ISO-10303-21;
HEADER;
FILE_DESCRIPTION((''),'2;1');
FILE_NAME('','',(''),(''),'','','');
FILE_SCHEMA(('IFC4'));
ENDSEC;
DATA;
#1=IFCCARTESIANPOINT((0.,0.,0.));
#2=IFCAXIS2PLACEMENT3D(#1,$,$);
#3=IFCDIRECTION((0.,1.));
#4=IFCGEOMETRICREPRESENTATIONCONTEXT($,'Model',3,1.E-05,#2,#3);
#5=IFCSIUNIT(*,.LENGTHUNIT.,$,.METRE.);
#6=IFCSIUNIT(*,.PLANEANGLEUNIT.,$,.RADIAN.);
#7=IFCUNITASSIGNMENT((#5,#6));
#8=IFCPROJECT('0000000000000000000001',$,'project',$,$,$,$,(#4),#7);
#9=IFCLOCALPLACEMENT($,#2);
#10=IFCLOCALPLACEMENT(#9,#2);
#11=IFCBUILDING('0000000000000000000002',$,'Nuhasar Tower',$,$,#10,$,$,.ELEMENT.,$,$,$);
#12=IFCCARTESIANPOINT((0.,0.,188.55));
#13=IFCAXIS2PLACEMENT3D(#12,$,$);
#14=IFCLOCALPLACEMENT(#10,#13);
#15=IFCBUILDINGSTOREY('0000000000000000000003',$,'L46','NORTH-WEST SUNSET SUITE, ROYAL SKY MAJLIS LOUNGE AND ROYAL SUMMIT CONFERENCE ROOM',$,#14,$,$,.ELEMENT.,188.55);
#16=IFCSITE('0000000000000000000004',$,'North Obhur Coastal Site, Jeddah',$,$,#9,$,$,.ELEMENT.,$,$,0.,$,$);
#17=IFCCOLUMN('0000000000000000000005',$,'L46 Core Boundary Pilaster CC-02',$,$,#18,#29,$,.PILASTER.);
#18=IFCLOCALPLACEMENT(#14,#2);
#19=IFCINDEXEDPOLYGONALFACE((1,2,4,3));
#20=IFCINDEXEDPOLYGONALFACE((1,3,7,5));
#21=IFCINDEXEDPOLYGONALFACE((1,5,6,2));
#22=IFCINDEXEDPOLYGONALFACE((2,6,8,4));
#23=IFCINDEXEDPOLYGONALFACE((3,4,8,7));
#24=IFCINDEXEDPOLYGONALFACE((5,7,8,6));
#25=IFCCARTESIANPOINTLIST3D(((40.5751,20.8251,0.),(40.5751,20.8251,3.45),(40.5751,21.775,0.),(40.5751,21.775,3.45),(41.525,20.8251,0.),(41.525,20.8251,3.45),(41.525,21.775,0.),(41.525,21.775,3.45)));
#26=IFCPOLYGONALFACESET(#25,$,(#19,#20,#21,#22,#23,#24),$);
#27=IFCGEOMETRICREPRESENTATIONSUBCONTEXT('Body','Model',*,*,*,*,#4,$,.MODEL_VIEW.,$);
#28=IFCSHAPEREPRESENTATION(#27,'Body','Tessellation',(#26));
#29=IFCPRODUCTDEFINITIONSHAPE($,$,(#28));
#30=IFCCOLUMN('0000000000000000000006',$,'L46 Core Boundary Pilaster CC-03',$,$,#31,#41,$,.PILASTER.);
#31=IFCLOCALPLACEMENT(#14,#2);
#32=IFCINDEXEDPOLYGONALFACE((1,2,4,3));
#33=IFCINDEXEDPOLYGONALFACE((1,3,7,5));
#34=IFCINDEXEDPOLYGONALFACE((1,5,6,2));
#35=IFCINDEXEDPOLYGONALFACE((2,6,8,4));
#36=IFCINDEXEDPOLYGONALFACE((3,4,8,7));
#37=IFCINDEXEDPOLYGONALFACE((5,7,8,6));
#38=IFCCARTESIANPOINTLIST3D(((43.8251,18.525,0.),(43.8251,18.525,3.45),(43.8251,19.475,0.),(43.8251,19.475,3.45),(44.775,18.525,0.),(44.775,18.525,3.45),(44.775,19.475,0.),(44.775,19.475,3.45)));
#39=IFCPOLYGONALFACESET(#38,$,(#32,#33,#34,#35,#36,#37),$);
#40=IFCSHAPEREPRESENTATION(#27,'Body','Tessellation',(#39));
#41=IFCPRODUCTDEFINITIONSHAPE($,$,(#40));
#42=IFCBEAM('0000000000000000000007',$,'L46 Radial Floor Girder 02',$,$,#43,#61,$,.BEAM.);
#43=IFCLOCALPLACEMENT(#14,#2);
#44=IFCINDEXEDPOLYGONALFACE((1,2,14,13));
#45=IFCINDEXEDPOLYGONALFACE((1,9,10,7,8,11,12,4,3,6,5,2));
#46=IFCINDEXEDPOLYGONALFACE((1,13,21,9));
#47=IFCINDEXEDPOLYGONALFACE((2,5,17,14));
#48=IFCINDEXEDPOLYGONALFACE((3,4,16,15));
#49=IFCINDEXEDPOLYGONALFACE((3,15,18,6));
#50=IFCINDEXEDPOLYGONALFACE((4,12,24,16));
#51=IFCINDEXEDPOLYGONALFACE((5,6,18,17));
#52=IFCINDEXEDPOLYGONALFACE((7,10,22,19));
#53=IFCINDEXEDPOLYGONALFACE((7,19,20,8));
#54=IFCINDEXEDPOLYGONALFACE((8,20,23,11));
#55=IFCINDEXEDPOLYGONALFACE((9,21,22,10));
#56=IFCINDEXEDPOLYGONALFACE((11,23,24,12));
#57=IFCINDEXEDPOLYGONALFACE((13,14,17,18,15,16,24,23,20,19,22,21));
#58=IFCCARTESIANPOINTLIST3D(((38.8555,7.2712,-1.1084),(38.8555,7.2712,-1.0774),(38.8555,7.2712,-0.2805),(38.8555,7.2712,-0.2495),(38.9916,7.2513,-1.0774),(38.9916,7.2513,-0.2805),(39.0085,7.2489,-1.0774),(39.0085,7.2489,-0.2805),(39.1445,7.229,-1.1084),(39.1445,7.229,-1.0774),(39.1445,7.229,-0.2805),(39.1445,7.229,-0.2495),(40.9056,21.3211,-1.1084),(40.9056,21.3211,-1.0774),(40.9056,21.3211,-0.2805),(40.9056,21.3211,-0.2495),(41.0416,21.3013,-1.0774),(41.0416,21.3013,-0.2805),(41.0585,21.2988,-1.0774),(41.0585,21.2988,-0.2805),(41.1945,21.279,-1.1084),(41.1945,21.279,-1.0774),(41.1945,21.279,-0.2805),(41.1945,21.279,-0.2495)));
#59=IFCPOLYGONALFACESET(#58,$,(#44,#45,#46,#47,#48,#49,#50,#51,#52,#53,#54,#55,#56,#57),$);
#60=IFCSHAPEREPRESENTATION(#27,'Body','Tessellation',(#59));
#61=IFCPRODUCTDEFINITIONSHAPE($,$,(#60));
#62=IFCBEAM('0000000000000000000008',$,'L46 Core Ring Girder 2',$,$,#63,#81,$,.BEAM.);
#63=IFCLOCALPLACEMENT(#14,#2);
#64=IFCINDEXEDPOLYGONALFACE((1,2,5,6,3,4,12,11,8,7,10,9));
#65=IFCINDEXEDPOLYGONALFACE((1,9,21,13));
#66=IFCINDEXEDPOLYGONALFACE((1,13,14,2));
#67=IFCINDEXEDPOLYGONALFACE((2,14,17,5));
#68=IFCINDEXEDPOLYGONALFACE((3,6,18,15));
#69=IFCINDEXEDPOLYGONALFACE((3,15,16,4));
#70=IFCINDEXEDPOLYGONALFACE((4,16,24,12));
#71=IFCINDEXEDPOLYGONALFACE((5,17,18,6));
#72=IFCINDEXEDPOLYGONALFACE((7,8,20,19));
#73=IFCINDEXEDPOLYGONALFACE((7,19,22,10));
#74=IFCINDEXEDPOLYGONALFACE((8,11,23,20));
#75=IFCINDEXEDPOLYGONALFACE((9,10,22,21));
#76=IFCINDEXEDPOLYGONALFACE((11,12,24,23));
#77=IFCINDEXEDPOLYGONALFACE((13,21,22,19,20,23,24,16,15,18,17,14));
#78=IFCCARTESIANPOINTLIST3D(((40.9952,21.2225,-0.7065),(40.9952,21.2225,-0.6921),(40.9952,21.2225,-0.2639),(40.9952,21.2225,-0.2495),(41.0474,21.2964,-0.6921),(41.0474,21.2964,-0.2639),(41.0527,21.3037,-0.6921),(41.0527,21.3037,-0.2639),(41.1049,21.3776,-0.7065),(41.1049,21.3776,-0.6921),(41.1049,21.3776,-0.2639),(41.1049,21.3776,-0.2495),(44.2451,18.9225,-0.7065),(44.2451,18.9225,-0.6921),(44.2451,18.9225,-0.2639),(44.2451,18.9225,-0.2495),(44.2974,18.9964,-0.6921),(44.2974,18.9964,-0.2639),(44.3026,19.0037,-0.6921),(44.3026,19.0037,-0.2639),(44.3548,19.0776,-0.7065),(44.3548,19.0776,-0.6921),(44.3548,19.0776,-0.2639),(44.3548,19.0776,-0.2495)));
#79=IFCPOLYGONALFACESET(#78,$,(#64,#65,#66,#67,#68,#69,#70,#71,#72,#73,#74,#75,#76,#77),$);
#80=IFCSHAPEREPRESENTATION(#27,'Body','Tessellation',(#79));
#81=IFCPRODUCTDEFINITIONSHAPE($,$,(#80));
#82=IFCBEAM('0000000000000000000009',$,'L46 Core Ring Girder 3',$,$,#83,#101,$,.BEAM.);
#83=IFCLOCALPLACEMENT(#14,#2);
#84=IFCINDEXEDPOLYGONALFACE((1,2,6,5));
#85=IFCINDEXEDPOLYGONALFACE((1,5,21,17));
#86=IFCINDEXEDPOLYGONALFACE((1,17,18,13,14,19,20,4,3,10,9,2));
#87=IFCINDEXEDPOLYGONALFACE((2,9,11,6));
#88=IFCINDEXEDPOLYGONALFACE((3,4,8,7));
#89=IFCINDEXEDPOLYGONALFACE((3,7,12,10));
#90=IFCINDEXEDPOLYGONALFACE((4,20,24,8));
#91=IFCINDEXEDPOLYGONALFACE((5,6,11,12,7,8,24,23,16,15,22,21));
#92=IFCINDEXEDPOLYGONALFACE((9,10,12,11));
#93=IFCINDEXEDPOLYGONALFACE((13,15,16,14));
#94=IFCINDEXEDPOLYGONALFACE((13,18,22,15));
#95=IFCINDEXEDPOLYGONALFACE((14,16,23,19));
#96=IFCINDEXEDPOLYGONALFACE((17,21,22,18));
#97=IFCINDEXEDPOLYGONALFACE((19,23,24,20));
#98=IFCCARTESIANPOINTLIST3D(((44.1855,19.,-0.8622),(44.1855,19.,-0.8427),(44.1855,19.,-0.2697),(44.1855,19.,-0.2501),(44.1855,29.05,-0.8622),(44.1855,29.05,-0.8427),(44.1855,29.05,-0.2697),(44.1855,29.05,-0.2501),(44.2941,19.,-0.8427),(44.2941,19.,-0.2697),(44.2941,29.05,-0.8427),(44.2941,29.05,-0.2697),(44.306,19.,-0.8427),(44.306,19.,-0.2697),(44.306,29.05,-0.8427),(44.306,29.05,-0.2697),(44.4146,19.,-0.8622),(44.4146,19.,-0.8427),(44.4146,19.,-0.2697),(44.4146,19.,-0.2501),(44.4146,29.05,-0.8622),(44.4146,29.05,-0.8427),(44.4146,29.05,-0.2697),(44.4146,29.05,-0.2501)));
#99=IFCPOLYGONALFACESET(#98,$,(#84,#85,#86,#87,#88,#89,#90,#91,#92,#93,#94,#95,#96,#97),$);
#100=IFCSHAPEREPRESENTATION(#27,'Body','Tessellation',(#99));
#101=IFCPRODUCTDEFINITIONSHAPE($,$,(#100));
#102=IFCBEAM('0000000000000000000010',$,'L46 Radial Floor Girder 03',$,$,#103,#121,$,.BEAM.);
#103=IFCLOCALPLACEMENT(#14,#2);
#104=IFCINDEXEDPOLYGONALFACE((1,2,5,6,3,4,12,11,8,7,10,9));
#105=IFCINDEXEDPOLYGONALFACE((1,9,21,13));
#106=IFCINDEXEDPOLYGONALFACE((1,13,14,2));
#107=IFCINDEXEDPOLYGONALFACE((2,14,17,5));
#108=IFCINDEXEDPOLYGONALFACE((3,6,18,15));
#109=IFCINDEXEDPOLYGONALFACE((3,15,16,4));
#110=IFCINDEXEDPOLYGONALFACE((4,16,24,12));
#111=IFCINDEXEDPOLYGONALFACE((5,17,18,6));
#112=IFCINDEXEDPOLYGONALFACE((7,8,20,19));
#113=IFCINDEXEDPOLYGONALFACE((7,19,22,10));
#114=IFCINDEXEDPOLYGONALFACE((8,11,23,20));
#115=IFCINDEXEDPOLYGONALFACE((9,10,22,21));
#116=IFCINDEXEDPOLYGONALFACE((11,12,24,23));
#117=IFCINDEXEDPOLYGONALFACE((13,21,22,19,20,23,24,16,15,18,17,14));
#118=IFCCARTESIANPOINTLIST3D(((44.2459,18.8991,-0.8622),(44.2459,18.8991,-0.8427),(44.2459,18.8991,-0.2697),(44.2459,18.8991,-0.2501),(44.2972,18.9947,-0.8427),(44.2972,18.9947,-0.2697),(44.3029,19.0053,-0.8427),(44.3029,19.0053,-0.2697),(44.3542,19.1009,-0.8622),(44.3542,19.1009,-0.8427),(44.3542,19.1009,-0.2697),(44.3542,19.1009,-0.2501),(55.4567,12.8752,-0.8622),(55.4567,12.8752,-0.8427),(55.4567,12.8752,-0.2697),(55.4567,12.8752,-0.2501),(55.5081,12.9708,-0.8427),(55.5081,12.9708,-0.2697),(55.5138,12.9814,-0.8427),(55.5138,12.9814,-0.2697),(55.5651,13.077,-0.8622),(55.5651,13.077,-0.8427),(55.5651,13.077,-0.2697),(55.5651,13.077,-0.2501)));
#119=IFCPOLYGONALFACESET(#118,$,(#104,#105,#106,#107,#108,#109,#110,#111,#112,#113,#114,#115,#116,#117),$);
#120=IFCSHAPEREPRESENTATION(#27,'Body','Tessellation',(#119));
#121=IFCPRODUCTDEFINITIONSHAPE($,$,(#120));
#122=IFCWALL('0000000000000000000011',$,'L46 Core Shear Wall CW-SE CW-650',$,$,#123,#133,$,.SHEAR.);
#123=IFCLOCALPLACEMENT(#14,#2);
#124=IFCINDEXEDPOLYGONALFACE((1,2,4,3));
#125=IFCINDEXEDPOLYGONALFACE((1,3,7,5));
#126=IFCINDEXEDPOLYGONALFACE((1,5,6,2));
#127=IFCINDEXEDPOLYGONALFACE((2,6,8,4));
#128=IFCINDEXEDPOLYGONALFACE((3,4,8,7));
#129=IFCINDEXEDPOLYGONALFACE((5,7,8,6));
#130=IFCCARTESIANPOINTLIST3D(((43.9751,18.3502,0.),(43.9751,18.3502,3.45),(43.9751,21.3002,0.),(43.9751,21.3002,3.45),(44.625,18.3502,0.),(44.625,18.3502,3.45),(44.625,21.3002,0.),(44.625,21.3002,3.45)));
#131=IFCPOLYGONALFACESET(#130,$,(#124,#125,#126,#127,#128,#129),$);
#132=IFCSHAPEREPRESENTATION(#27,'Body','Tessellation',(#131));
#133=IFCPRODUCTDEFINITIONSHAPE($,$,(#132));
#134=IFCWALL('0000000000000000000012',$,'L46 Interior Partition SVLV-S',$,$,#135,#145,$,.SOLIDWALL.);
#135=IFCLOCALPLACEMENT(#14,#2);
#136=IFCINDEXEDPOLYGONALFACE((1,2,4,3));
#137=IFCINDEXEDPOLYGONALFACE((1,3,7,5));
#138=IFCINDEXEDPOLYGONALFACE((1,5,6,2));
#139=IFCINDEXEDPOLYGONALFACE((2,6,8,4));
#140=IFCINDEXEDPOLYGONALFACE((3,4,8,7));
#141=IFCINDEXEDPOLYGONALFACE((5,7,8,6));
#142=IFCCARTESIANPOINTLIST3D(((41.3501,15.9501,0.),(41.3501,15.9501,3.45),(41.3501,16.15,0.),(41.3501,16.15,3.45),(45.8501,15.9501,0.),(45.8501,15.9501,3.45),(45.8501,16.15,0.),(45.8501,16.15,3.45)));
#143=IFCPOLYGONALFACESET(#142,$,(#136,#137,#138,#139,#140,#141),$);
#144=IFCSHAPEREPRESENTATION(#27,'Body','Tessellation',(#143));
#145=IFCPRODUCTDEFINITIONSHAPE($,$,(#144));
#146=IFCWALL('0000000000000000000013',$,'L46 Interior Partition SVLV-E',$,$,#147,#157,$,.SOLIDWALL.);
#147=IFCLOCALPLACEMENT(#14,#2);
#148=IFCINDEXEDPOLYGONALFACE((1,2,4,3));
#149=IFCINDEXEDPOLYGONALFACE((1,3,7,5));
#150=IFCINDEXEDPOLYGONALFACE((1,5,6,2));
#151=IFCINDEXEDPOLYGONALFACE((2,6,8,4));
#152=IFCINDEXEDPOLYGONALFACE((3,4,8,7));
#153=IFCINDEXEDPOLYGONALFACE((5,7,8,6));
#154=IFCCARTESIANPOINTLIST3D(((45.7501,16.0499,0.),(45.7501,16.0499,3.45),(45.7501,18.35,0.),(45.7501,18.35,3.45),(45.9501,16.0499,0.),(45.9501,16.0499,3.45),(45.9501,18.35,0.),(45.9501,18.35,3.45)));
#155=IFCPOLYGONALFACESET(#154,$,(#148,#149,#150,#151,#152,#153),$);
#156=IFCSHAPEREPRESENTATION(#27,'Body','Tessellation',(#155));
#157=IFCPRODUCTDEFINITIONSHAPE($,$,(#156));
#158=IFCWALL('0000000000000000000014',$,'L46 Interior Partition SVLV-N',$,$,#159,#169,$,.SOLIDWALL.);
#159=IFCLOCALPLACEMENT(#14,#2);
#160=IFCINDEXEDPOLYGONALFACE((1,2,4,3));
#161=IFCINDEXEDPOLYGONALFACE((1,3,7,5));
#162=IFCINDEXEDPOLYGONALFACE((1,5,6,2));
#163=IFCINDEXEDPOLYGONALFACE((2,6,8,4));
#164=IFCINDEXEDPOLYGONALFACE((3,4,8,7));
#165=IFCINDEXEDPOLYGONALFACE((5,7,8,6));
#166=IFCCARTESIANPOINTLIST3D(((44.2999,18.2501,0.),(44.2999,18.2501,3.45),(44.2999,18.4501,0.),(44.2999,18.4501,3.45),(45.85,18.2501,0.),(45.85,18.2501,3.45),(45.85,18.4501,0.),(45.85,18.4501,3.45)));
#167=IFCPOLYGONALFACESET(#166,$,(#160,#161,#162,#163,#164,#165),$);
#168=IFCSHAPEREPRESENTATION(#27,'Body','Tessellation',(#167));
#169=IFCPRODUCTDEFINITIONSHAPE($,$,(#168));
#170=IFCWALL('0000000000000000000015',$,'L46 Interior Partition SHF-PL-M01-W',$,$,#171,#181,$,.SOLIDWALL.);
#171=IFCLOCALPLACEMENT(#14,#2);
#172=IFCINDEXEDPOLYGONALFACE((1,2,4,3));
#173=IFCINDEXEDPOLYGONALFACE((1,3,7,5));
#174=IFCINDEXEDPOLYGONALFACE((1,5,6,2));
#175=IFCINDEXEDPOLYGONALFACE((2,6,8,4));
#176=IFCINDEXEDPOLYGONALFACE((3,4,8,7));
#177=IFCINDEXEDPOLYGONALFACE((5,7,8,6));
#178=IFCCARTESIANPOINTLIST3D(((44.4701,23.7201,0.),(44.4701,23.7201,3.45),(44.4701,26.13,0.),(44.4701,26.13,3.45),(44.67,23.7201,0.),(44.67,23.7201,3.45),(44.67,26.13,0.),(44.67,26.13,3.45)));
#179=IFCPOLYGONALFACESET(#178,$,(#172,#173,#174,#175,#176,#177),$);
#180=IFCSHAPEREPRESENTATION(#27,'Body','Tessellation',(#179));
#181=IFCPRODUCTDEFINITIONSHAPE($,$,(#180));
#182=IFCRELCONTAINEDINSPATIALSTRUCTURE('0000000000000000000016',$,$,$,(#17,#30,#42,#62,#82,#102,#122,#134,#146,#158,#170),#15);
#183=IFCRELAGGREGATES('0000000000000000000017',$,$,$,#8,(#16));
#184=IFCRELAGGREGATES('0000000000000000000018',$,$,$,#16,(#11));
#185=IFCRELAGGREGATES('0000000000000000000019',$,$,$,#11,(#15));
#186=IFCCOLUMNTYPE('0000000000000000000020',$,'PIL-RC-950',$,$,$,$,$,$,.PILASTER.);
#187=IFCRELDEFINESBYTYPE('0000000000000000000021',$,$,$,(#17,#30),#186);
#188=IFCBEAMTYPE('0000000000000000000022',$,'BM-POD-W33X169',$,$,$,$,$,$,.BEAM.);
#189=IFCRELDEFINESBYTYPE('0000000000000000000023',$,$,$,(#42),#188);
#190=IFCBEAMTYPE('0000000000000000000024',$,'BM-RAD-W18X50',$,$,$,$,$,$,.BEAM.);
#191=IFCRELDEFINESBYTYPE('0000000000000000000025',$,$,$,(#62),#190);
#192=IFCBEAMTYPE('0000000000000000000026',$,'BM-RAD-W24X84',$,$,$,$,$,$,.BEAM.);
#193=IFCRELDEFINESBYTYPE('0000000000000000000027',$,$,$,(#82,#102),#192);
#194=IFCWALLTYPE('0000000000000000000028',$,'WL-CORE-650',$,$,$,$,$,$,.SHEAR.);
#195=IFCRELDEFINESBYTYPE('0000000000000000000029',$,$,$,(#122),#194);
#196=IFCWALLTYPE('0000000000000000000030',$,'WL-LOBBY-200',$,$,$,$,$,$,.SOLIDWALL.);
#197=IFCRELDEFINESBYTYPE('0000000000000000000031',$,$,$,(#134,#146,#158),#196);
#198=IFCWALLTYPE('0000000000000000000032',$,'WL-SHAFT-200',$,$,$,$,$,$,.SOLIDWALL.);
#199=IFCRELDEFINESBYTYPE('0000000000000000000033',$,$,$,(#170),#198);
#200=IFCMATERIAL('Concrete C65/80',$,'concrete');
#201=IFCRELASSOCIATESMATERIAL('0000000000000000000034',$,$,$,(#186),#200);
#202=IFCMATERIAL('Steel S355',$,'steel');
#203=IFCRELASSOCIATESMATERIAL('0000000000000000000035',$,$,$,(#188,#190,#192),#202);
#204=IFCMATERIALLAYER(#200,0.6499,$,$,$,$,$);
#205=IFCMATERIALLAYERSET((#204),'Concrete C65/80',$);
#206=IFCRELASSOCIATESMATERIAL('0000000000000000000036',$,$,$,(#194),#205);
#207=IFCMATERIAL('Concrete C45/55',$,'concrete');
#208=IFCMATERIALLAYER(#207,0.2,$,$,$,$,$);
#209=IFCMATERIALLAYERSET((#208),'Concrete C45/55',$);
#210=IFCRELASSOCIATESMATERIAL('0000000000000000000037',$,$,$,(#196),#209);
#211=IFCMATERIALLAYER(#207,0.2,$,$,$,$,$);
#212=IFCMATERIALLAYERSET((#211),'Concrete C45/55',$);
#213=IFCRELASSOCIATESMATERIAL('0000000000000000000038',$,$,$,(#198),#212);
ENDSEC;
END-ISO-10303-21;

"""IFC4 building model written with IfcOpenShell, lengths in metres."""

from ifc_helpers import new_model, si_unit, direction, frame, frame_2d, origin, origin_2d, place, context, subcontext, project, spatial, rectangle, i_section, extrude, material, layer, layer_set, material_profile, profile_set, type_object, element, save


model = new_model("IFC4")

# Units and contexts
model_context = context("Model", 3, precision=1e-05, world=origin(), true_north=direction((0.0, 1.0)))
body_context = subcontext(model_context, "Body", "Model", "MODEL_VIEW")
ifc_project = project(units=[si_unit("LENGTHUNIT", "METRE"), si_unit("PLANEANGLEUNIT", "RADIAN")], contexts=[model_context])

# Site, building, storey
site_placement = place(None, origin())
site = spatial("IfcSite", under=ifc_project, at=site_placement, Name="North Obhur Coastal Site, Jeddah", CompositionType="ELEMENT", RefElevation=0.0)
building_placement = place(site_placement, origin())
building = spatial("IfcBuilding", under=site, at=building_placement, Name="Nuhasar Tower", CompositionType="ELEMENT")
storey_placement = place(building_placement, frame((0.0, 0.0, 188.55)))
storey = spatial("IfcBuildingStorey", under=building, at=storey_placement, Name="L46", Description="NORTH-WEST SUNSET SUITE, ROYAL SKY MAJLIS LOUNGE AND ROYAL SUMMIT CONFERENCE ROOM", CompositionType="ELEMENT", Elevation=188.55)

# Columns
ifc_material_1 = material(Name="Concrete C65/80", Category="concrete")
ifc_material_profile_1 = material_profile(ifc_material_1, rectangle(XDim=0.95, YDim=0.95, at=origin_2d()), Name="RC950X950")
ifc_profile_set_1 = profile_set([ifc_material_profile_1], Name="Concrete C65/80")
column_type = type_object("IfcColumnType", Name="PIL-RC-950", PredefinedType="PILASTER", material=ifc_profile_set_1)
for number, where, z_axis, x_axis, name in (
    (1, (41.05, 21.3, 0.0), (0.0, 0.0, 1.0), (1.0, 0.0, 0.0), "L46 Core Boundary Pilaster CC-02"),
    (2, (44.3, 19.0, 0.0), (0.0, 0.0, 1.0), (1.0, 0.0, 0.0), "L46 Core Boundary Pilaster CC-03"),
):
    element("IfcColumn", number, at=place(storey_placement, frame(where, z_axis=z_axis, x_axis=x_axis)), inside=storey, type_object=column_type, Name=name, PredefinedType="PILASTER", context=body_context, shape_type="SweptSolid", body=[
        extrude(rectangle(XDim=0.95, YDim=0.95, at=origin_2d()), origin(), (0.0, 0.0, 1.0), 3.45),
    ])

# Beams
ifc_material_2 = material(Name="Steel S355", Category="steel")
ifc_material_profile_2 = material_profile(ifc_material_2, i_section(OverallWidth=0.292, OverallDepth=0.8589, WebThickness=0.0171, FlangeThickness=0.031, at=origin_2d()), Name="W33X169")
ifc_profile_set_2 = profile_set([ifc_material_profile_2], Name="Steel S355")
beam_type_1 = type_object("IfcBeamType", Name="BM-POD-W33X169", PredefinedType="BEAM", material=ifc_profile_set_2)
beam_1_placement = place(storey_placement, frame((41.05, 21.3, -0.679), z_axis=(-0.144382, -0.989522, 0.0), x_axis=(0.989522, -0.144382, 0.0)))
element("IfcBeam", 3, at=beam_1_placement, inside=storey, type_object=beam_type_1, Name="L46 Radial Floor Girder 02", PredefinedType="BEAM", context=body_context, shape_type="SweptSolid", body=[
    extrude(i_section(OverallWidth=0.292, OverallDepth=0.8589, WebThickness=0.0171, FlangeThickness=0.031, at=origin_2d()), origin(), (0.0, 0.0, 1.0), 14.1987),
])
ifc_material_profile_3 = material_profile(ifc_material_2, i_section(OverallWidth=0.1899, OverallDepth=0.457, WebThickness=0.009, FlangeThickness=0.0144, at=origin_2d()), Name="W18X50")
ifc_profile_set_3 = profile_set([ifc_material_profile_3], Name="Steel S355")
beam_type_2 = type_object("IfcBeamType", Name="BM-RAD-W18X50", PredefinedType="BEAM", material=ifc_profile_set_3)
beam_2_placement = place(storey_placement, frame((41.05, 21.3, -0.478), z_axis=(0.816265, -0.577677, 0.0), x_axis=(0.577677, 0.816265, 0.0)))
element("IfcBeam", 4, at=beam_2_placement, inside=storey, type_object=beam_type_2, Name="L46 Core Ring Girder 2", PredefinedType="BEAM", context=body_context, shape_type="SweptSolid", body=[
    extrude(i_section(OverallWidth=0.1899, OverallDepth=0.457, WebThickness=0.009, FlangeThickness=0.0144, at=origin_2d()), origin(), (0.0, 0.0, 1.0), 3.9814),
])
ifc_material_profile_4 = material_profile(ifc_material_2, i_section(OverallWidth=0.229, OverallDepth=0.6121, WebThickness=0.012, FlangeThickness=0.0195, at=origin_2d()), Name="W24X84")
ifc_profile_set_4 = profile_set([ifc_material_profile_4], Name="Steel S355")
beam_type_3 = type_object("IfcBeamType", Name="BM-RAD-W24X84", PredefinedType="BEAM", material=ifc_profile_set_4)
beam_3_placement = place(storey_placement, frame((44.3, 19.0, -0.5562), z_axis=(0.0, 1.0, 0.0), x_axis=(-1.0, 0.0, 0.0)))
element("IfcBeam", 5, at=beam_3_placement, inside=storey, type_object=beam_type_3, Name="L46 Core Ring Girder 3", PredefinedType="BEAM", context=body_context, shape_type="SweptSolid", body=[
    extrude(i_section(OverallWidth=0.229, OverallDepth=0.6121, WebThickness=0.012, FlangeThickness=0.0195, at=origin_2d()), origin(), (0.0, 0.0, 1.0), 10.05),
])
beam_4_placement = place(storey_placement, frame((44.3, 19.0, -0.5562), z_axis=(0.880888, -0.473324, 0.0), x_axis=(0.473324, 0.880888, 0.0)))
element("IfcBeam", 6, at=beam_4_placement, inside=storey, type_object=beam_type_3, Name="L46 Radial Floor Girder 03", PredefinedType="BEAM", context=body_context, shape_type="SweptSolid", body=[
    extrude(i_section(OverallWidth=0.229, OverallDepth=0.6121, WebThickness=0.012, FlangeThickness=0.0195, at=origin_2d()), origin(), (0.0, 0.0, 1.0), 12.7268),
])

# Wall
ifc_layer_1 = layer(ifc_material_1, 0.6499)
ifc_layer_set_1 = layer_set([ifc_layer_1], Name="Concrete C65/80")
wall_type_1 = type_object("IfcWallType", Name="WL-CORE-650", PredefinedType="SHEAR", material=ifc_layer_set_1)
wall_1_placement = place(storey_placement, frame((44.3, 18.3501, 0.0), z_axis=(0.0, 0.0, 1.0), x_axis=(0.0, 1.0, 0.0)))
element("IfcWall", 7, at=wall_1_placement, inside=storey, type_object=wall_type_1, Name="L46 Core Shear Wall CW-SE CW-650", PredefinedType="SHEAR", context=body_context, shape_type="SweptSolid", body=[
    extrude(rectangle(XDim=2.95, YDim=0.6499, at=frame_2d((1.4751, 0.0))), origin(), (0.0, 0.0, 1.0), 3.45),
])

# Shared definitions
ifc_material_3 = material(Name="Concrete C45/55", Category="concrete")
ifc_layer_2 = layer(ifc_material_3, 0.2)
ifc_layer_set_2 = layer_set([ifc_layer_2], Name="Concrete C45/55")
wall_type_2 = type_object("IfcWallType", Name="WL-LOBBY-200", PredefinedType="SOLIDWALL", material=ifc_layer_set_2)

# Walls
wall_2_placement = place(storey_placement, frame((41.3501, 16.05, 0.0), z_axis=(0.0, 0.0, 1.0), x_axis=(1.0, 0.0, 0.0)))
element("IfcWall", 8, at=wall_2_placement, inside=storey, type_object=wall_type_2, Name="L46 Interior Partition SVLV-S", PredefinedType="SOLIDWALL", context=body_context, shape_type="SweptSolid", body=[
    extrude(rectangle(XDim=4.5, YDim=0.2, at=frame_2d((2.25, 0.0))), origin(), (0.0, 0.0, 1.0), 3.45),
])
wall_3_placement = place(storey_placement, frame((45.8501, 16.05, 0.0), z_axis=(0.0, 0.0, 1.0), x_axis=(0.0, 1.0, 0.0)))
element("IfcWall", 9, at=wall_3_placement, inside=storey, type_object=wall_type_2, Name="L46 Interior Partition SVLV-E", PredefinedType="SOLIDWALL", context=body_context, shape_type="SweptSolid", body=[
    extrude(rectangle(XDim=2.3, YDim=0.2, at=frame_2d((1.1499, 0.0))), origin(), (0.0, 0.0, 1.0), 3.45),
])
wall_4_placement = place(storey_placement, frame((44.3, 18.3501, 0.0), z_axis=(0.0, 0.0, 1.0), x_axis=(1.0, 0.0, 0.0)))
element("IfcWall", 10, at=wall_4_placement, inside=storey, type_object=wall_type_2, Name="L46 Interior Partition SVLV-N", PredefinedType="SOLIDWALL", context=body_context, shape_type="SweptSolid", body=[
    extrude(rectangle(XDim=1.55, YDim=0.2, at=frame_2d((0.7749, 0.0))), origin(), (0.0, 0.0, 1.0), 3.45),
])

# Shared definitions
ifc_layer_3 = layer(ifc_material_3, 0.2)
ifc_layer_set_3 = layer_set([ifc_layer_3], Name="Concrete C45/55")
wall_type_3 = type_object("IfcWallType", Name="WL-SHAFT-200", PredefinedType="SOLIDWALL", material=ifc_layer_set_3)

# Wall
wall_5_placement = place(storey_placement, frame((44.5701, 23.72, 0.0), z_axis=(0.0, 0.0, 1.0), x_axis=(0.0, 1.0, 0.0)))
element("IfcWall", 11, at=wall_5_placement, inside=storey, type_object=wall_type_3, Name="L46 Interior Partition SHF-PL-M01-W", PredefinedType="SOLIDWALL", context=body_context, shape_type="SweptSolid", body=[
    extrude(rectangle(XDim=2.4099, YDim=0.2, at=frame_2d((1.2051, 0.0))), origin(), (0.0, 0.0, 1.0), 3.45),
])

save(model, "model.ifc")
